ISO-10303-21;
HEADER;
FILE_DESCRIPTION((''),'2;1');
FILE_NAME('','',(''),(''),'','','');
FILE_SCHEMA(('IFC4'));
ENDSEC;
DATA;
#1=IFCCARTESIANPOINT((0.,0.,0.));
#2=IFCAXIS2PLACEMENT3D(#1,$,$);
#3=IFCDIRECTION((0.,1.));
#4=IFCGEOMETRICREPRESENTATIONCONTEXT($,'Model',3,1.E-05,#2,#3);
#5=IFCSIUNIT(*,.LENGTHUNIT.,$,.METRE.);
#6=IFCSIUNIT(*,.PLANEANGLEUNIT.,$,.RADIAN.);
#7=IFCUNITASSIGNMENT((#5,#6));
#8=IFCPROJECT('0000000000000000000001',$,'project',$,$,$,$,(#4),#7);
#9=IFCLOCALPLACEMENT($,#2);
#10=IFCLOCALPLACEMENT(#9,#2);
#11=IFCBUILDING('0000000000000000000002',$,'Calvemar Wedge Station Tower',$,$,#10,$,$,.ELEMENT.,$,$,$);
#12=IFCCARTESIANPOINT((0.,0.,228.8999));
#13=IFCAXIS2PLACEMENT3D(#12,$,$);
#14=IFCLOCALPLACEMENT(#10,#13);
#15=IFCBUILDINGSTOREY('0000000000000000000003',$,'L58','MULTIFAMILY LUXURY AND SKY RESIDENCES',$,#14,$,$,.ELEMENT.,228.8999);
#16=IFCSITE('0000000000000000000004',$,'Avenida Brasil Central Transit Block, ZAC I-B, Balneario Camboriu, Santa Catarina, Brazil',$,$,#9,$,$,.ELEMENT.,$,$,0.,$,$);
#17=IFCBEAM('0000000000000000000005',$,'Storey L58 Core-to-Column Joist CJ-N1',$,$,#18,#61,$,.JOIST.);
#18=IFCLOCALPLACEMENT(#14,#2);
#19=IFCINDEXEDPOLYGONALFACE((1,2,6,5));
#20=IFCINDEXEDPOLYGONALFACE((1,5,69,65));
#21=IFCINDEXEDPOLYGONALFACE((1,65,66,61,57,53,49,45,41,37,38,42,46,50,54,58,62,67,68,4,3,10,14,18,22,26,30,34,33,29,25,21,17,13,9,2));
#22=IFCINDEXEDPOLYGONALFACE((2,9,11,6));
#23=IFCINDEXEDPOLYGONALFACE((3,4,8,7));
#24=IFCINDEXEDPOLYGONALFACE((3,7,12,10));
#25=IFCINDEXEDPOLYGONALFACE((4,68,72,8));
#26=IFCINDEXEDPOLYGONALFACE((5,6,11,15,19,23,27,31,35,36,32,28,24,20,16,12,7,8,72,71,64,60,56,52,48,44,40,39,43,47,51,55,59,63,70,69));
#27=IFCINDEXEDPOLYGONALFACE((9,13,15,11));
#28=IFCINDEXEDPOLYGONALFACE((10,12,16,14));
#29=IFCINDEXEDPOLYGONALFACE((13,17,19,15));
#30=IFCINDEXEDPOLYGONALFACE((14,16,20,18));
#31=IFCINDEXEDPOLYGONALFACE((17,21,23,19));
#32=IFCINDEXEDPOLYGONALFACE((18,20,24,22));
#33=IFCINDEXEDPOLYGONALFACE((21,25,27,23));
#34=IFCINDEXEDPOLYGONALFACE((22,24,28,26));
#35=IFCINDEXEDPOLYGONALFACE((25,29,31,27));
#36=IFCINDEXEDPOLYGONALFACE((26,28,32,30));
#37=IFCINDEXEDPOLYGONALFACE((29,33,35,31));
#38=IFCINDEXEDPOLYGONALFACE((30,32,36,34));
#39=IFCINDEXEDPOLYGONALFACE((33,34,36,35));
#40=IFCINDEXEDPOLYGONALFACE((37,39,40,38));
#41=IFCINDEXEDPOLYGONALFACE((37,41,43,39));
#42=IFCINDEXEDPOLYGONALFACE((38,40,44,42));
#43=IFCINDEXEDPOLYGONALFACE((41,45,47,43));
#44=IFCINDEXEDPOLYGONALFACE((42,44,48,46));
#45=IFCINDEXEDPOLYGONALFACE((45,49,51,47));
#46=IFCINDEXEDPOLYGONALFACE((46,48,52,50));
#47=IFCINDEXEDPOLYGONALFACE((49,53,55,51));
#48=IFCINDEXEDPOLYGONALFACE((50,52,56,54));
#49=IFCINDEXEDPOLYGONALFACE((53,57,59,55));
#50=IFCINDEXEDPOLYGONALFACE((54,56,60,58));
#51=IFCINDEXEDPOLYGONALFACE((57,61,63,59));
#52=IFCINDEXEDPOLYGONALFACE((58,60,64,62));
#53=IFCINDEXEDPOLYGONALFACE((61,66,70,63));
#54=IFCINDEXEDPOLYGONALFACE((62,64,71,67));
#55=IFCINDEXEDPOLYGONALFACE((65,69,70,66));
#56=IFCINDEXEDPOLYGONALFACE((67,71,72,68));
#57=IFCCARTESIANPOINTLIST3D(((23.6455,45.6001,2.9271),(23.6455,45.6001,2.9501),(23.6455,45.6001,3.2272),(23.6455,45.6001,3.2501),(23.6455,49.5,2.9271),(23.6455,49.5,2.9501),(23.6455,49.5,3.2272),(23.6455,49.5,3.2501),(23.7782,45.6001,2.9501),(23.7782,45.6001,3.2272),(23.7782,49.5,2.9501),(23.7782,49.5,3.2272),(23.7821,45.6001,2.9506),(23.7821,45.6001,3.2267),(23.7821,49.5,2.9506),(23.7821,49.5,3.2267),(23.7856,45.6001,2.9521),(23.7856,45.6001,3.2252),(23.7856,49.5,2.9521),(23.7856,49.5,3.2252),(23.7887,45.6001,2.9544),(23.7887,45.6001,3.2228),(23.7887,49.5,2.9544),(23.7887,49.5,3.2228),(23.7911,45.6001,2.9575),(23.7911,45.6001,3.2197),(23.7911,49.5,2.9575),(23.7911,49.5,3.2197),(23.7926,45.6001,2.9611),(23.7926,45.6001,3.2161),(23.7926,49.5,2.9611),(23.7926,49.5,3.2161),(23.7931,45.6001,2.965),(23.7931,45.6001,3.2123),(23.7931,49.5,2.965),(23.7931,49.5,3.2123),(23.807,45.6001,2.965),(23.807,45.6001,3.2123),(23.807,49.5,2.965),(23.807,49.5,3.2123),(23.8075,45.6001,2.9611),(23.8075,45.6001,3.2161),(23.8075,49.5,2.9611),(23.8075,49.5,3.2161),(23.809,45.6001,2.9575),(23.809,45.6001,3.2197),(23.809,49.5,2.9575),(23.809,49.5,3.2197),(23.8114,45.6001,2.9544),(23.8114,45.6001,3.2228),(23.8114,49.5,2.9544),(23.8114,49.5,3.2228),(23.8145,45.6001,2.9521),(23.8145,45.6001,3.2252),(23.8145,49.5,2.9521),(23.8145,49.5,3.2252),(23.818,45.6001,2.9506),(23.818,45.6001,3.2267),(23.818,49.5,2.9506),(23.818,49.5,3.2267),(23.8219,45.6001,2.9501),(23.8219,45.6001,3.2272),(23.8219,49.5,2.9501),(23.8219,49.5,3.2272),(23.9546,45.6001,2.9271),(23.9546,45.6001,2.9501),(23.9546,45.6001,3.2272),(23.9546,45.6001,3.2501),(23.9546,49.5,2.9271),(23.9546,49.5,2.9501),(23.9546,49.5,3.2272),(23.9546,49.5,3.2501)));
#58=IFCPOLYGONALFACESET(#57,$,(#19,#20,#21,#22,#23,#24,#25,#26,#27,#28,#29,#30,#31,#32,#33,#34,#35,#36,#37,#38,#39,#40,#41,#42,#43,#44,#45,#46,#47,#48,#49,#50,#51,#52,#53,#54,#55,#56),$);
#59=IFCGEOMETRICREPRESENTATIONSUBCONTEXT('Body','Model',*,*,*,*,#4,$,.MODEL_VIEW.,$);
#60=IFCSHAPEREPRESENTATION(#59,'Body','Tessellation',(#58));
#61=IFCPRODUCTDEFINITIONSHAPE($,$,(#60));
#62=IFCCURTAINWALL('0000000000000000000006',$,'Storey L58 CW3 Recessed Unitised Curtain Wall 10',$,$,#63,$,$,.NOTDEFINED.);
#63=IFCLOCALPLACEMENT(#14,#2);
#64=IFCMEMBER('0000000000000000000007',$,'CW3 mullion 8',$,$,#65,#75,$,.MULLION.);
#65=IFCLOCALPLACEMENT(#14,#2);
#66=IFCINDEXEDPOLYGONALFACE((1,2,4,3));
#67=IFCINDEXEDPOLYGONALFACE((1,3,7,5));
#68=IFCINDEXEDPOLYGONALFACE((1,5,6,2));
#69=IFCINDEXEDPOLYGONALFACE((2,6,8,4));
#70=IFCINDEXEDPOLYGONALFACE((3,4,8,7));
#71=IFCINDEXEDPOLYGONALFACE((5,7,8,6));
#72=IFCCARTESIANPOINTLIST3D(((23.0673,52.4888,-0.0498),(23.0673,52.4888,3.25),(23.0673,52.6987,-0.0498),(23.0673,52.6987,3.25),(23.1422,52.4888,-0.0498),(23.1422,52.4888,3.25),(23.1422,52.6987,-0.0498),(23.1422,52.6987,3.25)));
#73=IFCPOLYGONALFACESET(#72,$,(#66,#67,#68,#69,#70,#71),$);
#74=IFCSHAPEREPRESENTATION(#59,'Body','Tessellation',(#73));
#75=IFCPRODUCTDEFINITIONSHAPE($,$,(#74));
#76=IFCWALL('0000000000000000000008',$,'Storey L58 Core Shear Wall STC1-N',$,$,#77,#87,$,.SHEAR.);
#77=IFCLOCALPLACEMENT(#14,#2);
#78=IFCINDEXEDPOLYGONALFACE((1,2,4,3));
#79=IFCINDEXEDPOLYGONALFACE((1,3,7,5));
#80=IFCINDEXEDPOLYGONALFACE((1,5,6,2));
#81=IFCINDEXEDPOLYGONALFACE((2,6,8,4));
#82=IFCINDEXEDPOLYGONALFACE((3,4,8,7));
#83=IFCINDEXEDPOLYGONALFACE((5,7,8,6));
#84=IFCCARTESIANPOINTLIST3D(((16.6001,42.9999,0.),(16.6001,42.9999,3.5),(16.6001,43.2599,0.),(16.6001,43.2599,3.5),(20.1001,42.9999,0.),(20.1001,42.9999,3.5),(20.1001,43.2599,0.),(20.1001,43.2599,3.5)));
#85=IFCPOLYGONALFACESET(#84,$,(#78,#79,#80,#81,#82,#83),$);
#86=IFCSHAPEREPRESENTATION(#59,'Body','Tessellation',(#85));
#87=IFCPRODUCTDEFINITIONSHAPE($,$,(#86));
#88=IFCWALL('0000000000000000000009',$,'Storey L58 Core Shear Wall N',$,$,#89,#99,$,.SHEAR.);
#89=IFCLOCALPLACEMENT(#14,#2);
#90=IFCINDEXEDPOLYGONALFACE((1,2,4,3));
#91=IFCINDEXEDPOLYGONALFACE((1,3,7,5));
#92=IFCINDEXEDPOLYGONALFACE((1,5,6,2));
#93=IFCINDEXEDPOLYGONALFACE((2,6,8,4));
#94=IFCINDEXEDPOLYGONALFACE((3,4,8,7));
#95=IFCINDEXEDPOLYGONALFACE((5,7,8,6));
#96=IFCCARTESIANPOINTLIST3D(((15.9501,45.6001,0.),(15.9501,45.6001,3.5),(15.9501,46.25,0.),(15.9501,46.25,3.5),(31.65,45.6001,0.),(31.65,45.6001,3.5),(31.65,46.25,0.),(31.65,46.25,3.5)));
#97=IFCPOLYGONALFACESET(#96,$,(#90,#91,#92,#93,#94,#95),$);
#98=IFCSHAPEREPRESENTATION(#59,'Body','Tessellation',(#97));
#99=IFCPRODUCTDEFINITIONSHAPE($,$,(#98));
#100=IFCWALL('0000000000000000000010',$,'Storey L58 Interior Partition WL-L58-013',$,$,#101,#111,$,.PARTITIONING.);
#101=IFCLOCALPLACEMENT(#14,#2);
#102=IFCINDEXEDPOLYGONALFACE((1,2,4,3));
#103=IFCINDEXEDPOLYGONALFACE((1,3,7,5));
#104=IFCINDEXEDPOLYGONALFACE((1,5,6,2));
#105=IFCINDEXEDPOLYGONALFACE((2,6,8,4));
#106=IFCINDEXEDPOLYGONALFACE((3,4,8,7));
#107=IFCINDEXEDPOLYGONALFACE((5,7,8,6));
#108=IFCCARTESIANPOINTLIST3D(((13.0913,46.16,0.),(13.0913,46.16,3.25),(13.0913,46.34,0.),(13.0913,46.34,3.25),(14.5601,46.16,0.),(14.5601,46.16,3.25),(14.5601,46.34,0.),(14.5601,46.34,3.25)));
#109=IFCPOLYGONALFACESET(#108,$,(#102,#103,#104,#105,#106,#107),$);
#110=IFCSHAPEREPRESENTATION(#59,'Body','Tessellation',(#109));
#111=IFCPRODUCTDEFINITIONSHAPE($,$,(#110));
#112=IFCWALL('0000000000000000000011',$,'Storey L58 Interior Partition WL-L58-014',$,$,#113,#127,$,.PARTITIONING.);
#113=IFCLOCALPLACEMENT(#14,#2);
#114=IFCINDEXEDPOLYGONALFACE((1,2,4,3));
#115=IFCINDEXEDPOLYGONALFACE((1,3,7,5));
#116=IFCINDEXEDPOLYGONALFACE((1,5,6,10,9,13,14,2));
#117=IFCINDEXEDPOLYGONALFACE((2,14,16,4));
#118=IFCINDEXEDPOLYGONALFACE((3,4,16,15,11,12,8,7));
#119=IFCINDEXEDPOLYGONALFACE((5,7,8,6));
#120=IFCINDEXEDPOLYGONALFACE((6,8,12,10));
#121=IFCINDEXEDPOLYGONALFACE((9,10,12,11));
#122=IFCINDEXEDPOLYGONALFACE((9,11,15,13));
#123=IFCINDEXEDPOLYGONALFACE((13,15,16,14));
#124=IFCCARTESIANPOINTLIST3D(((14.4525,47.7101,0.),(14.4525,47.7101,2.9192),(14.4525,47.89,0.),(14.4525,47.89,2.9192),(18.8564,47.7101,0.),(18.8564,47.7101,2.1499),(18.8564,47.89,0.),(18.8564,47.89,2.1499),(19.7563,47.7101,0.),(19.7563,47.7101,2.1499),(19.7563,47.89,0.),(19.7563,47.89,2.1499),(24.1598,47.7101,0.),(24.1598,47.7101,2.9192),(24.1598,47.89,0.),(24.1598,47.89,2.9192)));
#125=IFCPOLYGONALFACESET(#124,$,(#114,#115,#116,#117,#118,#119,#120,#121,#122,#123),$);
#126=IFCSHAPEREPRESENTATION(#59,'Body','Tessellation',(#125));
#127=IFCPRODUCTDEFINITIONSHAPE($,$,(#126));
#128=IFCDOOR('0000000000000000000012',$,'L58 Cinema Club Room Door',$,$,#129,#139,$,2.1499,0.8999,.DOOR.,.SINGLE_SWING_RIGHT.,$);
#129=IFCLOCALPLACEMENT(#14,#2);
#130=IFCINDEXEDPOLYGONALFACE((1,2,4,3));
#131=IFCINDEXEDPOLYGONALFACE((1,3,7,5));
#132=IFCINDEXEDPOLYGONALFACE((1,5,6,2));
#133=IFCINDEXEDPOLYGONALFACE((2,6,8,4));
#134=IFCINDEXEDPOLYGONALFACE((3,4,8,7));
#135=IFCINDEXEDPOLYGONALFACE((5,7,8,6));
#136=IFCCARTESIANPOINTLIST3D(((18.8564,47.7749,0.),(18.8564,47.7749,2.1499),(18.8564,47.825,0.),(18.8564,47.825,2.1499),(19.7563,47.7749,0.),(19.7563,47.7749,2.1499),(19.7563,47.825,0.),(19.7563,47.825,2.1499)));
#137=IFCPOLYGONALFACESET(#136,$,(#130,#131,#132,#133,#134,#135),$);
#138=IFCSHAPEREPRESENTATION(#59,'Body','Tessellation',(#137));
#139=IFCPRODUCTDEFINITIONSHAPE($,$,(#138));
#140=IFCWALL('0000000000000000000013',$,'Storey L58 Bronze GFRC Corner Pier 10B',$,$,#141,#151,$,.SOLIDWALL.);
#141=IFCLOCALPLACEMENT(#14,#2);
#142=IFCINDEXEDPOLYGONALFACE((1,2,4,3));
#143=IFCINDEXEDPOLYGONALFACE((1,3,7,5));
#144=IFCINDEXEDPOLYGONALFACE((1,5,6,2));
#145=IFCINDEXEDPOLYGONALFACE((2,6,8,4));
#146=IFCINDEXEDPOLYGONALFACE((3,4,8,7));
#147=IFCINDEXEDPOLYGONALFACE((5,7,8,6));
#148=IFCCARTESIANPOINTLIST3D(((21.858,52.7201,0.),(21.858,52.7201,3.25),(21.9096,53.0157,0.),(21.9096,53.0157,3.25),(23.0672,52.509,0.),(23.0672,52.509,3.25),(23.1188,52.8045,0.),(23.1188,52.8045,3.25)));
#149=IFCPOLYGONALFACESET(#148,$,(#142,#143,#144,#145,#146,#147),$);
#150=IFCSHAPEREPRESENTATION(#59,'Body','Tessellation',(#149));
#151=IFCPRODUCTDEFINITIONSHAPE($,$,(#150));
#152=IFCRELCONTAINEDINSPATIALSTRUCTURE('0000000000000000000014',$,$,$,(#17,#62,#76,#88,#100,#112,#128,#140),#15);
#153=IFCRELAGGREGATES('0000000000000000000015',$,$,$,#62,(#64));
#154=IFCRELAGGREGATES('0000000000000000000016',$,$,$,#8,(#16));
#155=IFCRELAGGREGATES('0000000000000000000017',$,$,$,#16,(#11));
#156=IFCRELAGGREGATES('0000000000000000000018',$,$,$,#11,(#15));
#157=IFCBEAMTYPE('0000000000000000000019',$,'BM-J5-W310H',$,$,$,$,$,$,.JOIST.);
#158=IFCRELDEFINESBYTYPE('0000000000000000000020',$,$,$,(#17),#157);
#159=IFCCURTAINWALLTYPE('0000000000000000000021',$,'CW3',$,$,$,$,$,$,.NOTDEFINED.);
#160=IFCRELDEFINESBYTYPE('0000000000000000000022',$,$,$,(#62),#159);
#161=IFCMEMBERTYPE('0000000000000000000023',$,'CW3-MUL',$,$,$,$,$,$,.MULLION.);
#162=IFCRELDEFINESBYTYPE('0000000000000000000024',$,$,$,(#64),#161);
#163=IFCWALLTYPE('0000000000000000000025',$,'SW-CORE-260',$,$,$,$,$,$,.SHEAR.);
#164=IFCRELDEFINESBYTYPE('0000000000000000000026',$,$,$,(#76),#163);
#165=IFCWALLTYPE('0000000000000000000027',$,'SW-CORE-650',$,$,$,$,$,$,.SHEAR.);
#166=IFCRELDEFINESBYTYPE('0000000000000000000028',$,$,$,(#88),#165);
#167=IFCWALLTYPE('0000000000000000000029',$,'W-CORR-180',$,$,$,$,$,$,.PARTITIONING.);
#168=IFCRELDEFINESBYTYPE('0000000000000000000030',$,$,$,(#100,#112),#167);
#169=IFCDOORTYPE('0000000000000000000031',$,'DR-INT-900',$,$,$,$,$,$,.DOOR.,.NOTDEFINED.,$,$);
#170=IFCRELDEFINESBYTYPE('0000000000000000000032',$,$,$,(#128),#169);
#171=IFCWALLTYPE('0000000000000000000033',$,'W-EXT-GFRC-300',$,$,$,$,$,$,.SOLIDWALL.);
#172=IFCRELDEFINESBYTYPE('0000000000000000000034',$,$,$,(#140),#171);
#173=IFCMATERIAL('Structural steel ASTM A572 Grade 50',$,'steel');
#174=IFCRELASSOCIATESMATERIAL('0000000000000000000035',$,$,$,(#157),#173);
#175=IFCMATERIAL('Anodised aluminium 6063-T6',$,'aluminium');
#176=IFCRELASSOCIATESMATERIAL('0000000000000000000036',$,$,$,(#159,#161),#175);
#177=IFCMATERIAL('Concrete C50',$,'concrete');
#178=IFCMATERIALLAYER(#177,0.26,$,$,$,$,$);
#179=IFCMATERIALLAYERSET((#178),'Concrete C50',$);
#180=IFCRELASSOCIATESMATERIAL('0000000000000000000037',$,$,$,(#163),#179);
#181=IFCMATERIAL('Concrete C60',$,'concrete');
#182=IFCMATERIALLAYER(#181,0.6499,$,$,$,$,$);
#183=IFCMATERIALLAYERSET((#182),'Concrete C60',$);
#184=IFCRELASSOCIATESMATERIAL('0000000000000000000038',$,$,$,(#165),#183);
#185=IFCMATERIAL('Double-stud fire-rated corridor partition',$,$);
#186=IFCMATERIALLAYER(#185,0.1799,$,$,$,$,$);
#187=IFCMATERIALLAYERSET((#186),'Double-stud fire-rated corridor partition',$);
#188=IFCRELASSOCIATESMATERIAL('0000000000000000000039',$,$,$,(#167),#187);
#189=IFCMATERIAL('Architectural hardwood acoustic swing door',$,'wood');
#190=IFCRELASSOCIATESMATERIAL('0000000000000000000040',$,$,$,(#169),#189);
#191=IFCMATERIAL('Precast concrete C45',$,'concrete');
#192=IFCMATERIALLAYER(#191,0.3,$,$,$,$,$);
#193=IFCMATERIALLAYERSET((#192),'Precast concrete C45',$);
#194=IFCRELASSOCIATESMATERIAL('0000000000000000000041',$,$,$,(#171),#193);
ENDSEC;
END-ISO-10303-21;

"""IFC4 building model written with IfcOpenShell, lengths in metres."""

from ifc_helpers import new_model, si_unit, direction, frame, frame_2d, origin, origin_2d, place, context, subcontext, project, spatial, rectangle, i_section, extrude, source, transform, mapped, material, layer, layer_set, material_profile, profile_set, type_object, element, fill, aggregate, save


model = new_model("IFC4")

# Units and contexts
model_context = context("Model", 3, precision=1e-05, world=origin(), true_north=direction((0.0, 1.0)))
body_context = subcontext(model_context, "Body", "Model", "MODEL_VIEW")
ifc_project = project(units=[si_unit("LENGTHUNIT", "METRE"), si_unit("PLANEANGLEUNIT", "RADIAN")], contexts=[model_context])

# Site, building, storey
site_placement = place(None, origin())
site = spatial("IfcSite", under=ifc_project, at=site_placement, Name="Avenida Brasil Central Transit Block, ZAC I-B, Balneario Camboriu, Santa Catarina, Brazil", CompositionType="ELEMENT", RefElevation=0.0)
building_placement = place(site_placement, origin())
building = spatial("IfcBuilding", under=site, at=building_placement, Name="Calvemar Wedge Station Tower", CompositionType="ELEMENT")
storey_placement = place(building_placement, frame((0.0, 0.0, 228.8999)))
storey = spatial("IfcBuildingStorey", under=building, at=storey_placement, Name="L58", Description="MULTIFAMILY LUXURY AND SKY RESIDENCES", CompositionType="ELEMENT", Elevation=228.8999)

# Beam
ifc_material_1 = material(Name="Structural steel ASTM A572 Grade 50", Category="steel")
ifc_material_profile_1 = material_profile(ifc_material_1, i_section(OverallWidth=0.3091, OverallDepth=0.323, WebThickness=0.0139, FlangeThickness=0.0229, FilletRadius=0.0149, at=origin_2d()), Name="W310x143")
ifc_profile_set_1 = profile_set([ifc_material_profile_1], Name="Structural steel ASTM A572 Grade 50")
beam_type = type_object("IfcBeamType", Name="BM-J5-W310H", PredefinedType="JOIST", material=ifc_profile_set_1)
shared_shape_1 = source(origin(), body_context, "Body", "SweptSolid", [
    extrude(i_section(OverallWidth=0.3091, OverallDepth=0.323, WebThickness=0.0139, FlangeThickness=0.0229, FilletRadius=0.0149, at=origin_2d()), origin(), (0.0, 0.0, 1.0), 3.8999),
])
beam_placement = place(storey_placement, frame((23.8, 45.6001, 3.0886), z_axis=(0.0, 1.0, 0.0), x_axis=(-1.0, 0.0, 0.0)))
element("IfcBeam", 1, at=beam_placement, inside=storey, type_object=beam_type, Name="Storey L58 Core-to-Column Joist CJ-N1", PredefinedType="JOIST", context=body_context, shape_type="MappedRepresentation", body=[
    mapped(shared_shape_1, transform((0.0, 0.0, 0.0), scale=1.0)),
])

# Curtain wall, member
ifc_material_2 = material(Name="Anodised aluminium 6063-T6", Category="aluminium")
curtain_wall_type = type_object("IfcCurtainWallType", Name="CW3", PredefinedType="NOTDEFINED", material=ifc_material_2)
curtain_wall_placement = place(storey_placement, origin())
curtain_wall = element("IfcCurtainWall", 2, at=curtain_wall_placement, inside=storey, type_object=curtain_wall_type, Name="Storey L58 CW3 Recessed Unitised Curtain Wall 10", PredefinedType="NOTDEFINED")
ifc_material_profile_2 = material_profile(ifc_material_2, rectangle(XDim=0.075, YDim=0.21, at=origin_2d()), Name="AL-MUL-75x210")
ifc_profile_set_2 = profile_set([ifc_material_profile_2], Name="Anodised aluminium 6063-T6")
member_type = type_object("IfcMemberType", Name="CW3-MUL", PredefinedType="MULLION", material=ifc_profile_set_2)
shared_shape_2 = source(origin(), body_context, "Body", "SweptSolid", [
    extrude(rectangle(XDim=0.075, YDim=0.21, at=origin_2d()), origin(), (0.0, 0.0, 1.0), 3.2998),
])
member_placement = place(storey_placement, frame((23.1047, 52.5938, -0.0498), z_axis=(0.0, 0.0, 1.0), x_axis=(1.0, 0.0, 0.0)))
member = element("IfcMember", 3, at=member_placement, type_object=member_type, Name="CW3 mullion 8", PredefinedType="MULLION", context=body_context, shape_type="MappedRepresentation", body=[
    mapped(shared_shape_2, transform((0.0, 0.0, 0.0), scale=1.0)),
])
aggregate(curtain_wall, [member])

# Walls
ifc_material_3 = material(Name="Concrete C50", Category="concrete")
ifc_layer_1 = layer(ifc_material_3, 0.26)
ifc_layer_set_1 = layer_set([ifc_layer_1], Name="Concrete C50")
wall_type_1 = type_object("IfcWallType", Name="SW-CORE-260", PredefinedType="SHEAR", material=ifc_layer_set_1)
wall_1_placement = place(storey_placement, frame((16.6001, 43.1299, 0.0), z_axis=(0.0, 0.0, 1.0), x_axis=(1.0, 0.0, 0.0)))
element("IfcWall", 4, at=wall_1_placement, inside=storey, type_object=wall_type_1, Name="Storey L58 Core Shear Wall STC1-N", PredefinedType="SHEAR", context=body_context, shape_type="SweptSolid", body=[
    extrude(rectangle(XDim=3.5, YDim=0.26, at=frame_2d((1.75, 0.0))), origin(), (0.0, 0.0, 1.0), 3.5),
])
ifc_material_4 = material(Name="Concrete C60", Category="concrete")
ifc_layer_2 = layer(ifc_material_4, 0.6499)
ifc_layer_set_2 = layer_set([ifc_layer_2], Name="Concrete C60")
wall_type_2 = type_object("IfcWallType", Name="SW-CORE-650", PredefinedType="SHEAR", material=ifc_layer_set_2)
wall_2_placement = place(storey_placement, frame((15.95, 45.925, 0.0), z_axis=(0.0, 0.0, 1.0), x_axis=(1.0, 0.0, 0.0)))
element("IfcWall", 5, at=wall_2_placement, inside=storey, type_object=wall_type_2, Name="Storey L58 Core Shear Wall N", PredefinedType="SHEAR", context=body_context, shape_type="SweptSolid", body=[
    extrude(rectangle(XDim=15.7, YDim=0.6499, at=frame_2d((7.8501, 0.0))), origin(), (0.0, 0.0, 1.0), 3.5),
])
ifc_material_5 = material(Name="Double-stud fire-rated corridor partition")
ifc_layer_3 = layer(ifc_material_5, 0.1799)
ifc_layer_set_3 = layer_set([ifc_layer_3], Name="Double-stud fire-rated corridor partition")
wall_type_3 = type_object("IfcWallType", Name="W-CORR-180", PredefinedType="PARTITIONING", material=ifc_layer_set_3)
wall_3_placement = place(storey_placement, frame((14.5601, 46.25, 0.0), z_axis=(0.0, 0.0, 1.0), x_axis=(-1.0, 0.0, 0.0)))
element("IfcWall", 6, at=wall_3_placement, inside=storey, type_object=wall_type_3, Name="Storey L58 Interior Partition WL-L58-013", PredefinedType="PARTITIONING", context=body_context, shape_type="SweptSolid", body=[
    extrude(rectangle(XDim=1.4688, YDim=0.1799, at=frame_2d((0.7344, 0.0))), origin(), (0.0, 0.0, 1.0), 3.25),
])

# Wall, opening, door
wall_4_placement = place(storey_placement, frame((14.4526, 47.8, 0.0), z_axis=(0.0, 0.0, 1.0), x_axis=(1.0, 0.0, 0.0)))
wall_4 = element("IfcWall", 7, at=wall_4_placement, inside=storey, type_object=wall_type_3, Name="Storey L58 Interior Partition WL-L58-014", PredefinedType="PARTITIONING", context=body_context, shape_type="SweptSolid", body=[
    extrude(rectangle(XDim=9.7073, YDim=0.1799, at=frame_2d((4.8535, 0.0))), origin(), (0.0, 0.0, 1.0), 2.9192),
])
shared_shape_3 = source(origin(), body_context, "Body", "SweptSolid", [
    extrude(rectangle(XDim=0.8999, YDim=2.1499, at=frame_2d((0.45, 1.075))), frame((0.0, 0.1001, 0.0), z_axis=(0.0, -1.0, 0.0), x_axis=(1.0, 0.0, 0.0)), (0.0, 0.0, 1.0), 0.2),
])
opening_1_placement = place(wall_4_placement, frame((4.4038, 0.0, 0.0)))
opening_1 = element("IfcOpeningElement", 8, at=opening_1_placement, cuts=wall_4, PredefinedType="OPENING", context=body_context, shape_type="MappedRepresentation", body=[
    mapped(shared_shape_3, transform((0.0, 0.0, 0.0), scale=1.0)),
])
ifc_material_6 = material(Name="Architectural hardwood acoustic swing door", Category="wood")
door_type_1 = type_object("IfcDoorType", Name="DR-INT-900", OperationType="NOTDEFINED", PredefinedType="DOOR", material=ifc_material_6)
shared_shape_4 = source(origin(), body_context, "Body", "SweptSolid", [
    extrude(rectangle(XDim=0.8999, YDim=2.1499, at=frame_2d((0.45, 1.075))), frame((0.0, 0.0249, 0.0), z_axis=(0.0, -1.0, 0.0), x_axis=(1.0, 0.0, 0.0)), (0.0, 0.0, 1.0), 0.05),
])
door_1_placement = place(opening_1_placement, origin())
door_1 = element("IfcDoor", 9, at=door_1_placement, inside=storey, type_object=door_type_1, Name="L58 Cinema Club Room Door", OperationType="SINGLE_SWING_RIGHT", OverallHeight=2.1499, OverallWidth=0.8999, PredefinedType="DOOR", context=body_context, shape_type="MappedRepresentation", body=[
    mapped(shared_shape_4, transform((0.0, 0.0, 0.0), scale=1.0)),
])
fill(opening_1, door_1)

# Wall
ifc_material_7 = material(Name="Precast concrete C45", Category="concrete")
ifc_layer_4 = layer(ifc_material_7, 0.3)
ifc_layer_set_4 = layer_set([ifc_layer_4], Name="Precast concrete C45")
wall_type_4 = type_object("IfcWallType", Name="W-EXT-GFRC-300", PredefinedType="SOLIDWALL", material=ifc_layer_set_4)
wall_5_placement = place(storey_placement, frame((23.093, 52.6567, 0.0), z_axis=(0.0, 0.0, 1.0), x_axis=(-0.98509, 0.172038, 0.0)))
element("IfcWall", 10, at=wall_5_placement, inside=storey, type_object=wall_type_4, Name="Storey L58 Bronze GFRC Corner Pier 10B", PredefinedType="SOLIDWALL", context=body_context, shape_type="SweptSolid", body=[
    extrude(rectangle(XDim=1.2275, YDim=0.3, at=frame_2d((0.6138, 0.0))), origin(), (0.0, 0.0, 1.0), 3.25),
])

save(model, "model.ifc")
